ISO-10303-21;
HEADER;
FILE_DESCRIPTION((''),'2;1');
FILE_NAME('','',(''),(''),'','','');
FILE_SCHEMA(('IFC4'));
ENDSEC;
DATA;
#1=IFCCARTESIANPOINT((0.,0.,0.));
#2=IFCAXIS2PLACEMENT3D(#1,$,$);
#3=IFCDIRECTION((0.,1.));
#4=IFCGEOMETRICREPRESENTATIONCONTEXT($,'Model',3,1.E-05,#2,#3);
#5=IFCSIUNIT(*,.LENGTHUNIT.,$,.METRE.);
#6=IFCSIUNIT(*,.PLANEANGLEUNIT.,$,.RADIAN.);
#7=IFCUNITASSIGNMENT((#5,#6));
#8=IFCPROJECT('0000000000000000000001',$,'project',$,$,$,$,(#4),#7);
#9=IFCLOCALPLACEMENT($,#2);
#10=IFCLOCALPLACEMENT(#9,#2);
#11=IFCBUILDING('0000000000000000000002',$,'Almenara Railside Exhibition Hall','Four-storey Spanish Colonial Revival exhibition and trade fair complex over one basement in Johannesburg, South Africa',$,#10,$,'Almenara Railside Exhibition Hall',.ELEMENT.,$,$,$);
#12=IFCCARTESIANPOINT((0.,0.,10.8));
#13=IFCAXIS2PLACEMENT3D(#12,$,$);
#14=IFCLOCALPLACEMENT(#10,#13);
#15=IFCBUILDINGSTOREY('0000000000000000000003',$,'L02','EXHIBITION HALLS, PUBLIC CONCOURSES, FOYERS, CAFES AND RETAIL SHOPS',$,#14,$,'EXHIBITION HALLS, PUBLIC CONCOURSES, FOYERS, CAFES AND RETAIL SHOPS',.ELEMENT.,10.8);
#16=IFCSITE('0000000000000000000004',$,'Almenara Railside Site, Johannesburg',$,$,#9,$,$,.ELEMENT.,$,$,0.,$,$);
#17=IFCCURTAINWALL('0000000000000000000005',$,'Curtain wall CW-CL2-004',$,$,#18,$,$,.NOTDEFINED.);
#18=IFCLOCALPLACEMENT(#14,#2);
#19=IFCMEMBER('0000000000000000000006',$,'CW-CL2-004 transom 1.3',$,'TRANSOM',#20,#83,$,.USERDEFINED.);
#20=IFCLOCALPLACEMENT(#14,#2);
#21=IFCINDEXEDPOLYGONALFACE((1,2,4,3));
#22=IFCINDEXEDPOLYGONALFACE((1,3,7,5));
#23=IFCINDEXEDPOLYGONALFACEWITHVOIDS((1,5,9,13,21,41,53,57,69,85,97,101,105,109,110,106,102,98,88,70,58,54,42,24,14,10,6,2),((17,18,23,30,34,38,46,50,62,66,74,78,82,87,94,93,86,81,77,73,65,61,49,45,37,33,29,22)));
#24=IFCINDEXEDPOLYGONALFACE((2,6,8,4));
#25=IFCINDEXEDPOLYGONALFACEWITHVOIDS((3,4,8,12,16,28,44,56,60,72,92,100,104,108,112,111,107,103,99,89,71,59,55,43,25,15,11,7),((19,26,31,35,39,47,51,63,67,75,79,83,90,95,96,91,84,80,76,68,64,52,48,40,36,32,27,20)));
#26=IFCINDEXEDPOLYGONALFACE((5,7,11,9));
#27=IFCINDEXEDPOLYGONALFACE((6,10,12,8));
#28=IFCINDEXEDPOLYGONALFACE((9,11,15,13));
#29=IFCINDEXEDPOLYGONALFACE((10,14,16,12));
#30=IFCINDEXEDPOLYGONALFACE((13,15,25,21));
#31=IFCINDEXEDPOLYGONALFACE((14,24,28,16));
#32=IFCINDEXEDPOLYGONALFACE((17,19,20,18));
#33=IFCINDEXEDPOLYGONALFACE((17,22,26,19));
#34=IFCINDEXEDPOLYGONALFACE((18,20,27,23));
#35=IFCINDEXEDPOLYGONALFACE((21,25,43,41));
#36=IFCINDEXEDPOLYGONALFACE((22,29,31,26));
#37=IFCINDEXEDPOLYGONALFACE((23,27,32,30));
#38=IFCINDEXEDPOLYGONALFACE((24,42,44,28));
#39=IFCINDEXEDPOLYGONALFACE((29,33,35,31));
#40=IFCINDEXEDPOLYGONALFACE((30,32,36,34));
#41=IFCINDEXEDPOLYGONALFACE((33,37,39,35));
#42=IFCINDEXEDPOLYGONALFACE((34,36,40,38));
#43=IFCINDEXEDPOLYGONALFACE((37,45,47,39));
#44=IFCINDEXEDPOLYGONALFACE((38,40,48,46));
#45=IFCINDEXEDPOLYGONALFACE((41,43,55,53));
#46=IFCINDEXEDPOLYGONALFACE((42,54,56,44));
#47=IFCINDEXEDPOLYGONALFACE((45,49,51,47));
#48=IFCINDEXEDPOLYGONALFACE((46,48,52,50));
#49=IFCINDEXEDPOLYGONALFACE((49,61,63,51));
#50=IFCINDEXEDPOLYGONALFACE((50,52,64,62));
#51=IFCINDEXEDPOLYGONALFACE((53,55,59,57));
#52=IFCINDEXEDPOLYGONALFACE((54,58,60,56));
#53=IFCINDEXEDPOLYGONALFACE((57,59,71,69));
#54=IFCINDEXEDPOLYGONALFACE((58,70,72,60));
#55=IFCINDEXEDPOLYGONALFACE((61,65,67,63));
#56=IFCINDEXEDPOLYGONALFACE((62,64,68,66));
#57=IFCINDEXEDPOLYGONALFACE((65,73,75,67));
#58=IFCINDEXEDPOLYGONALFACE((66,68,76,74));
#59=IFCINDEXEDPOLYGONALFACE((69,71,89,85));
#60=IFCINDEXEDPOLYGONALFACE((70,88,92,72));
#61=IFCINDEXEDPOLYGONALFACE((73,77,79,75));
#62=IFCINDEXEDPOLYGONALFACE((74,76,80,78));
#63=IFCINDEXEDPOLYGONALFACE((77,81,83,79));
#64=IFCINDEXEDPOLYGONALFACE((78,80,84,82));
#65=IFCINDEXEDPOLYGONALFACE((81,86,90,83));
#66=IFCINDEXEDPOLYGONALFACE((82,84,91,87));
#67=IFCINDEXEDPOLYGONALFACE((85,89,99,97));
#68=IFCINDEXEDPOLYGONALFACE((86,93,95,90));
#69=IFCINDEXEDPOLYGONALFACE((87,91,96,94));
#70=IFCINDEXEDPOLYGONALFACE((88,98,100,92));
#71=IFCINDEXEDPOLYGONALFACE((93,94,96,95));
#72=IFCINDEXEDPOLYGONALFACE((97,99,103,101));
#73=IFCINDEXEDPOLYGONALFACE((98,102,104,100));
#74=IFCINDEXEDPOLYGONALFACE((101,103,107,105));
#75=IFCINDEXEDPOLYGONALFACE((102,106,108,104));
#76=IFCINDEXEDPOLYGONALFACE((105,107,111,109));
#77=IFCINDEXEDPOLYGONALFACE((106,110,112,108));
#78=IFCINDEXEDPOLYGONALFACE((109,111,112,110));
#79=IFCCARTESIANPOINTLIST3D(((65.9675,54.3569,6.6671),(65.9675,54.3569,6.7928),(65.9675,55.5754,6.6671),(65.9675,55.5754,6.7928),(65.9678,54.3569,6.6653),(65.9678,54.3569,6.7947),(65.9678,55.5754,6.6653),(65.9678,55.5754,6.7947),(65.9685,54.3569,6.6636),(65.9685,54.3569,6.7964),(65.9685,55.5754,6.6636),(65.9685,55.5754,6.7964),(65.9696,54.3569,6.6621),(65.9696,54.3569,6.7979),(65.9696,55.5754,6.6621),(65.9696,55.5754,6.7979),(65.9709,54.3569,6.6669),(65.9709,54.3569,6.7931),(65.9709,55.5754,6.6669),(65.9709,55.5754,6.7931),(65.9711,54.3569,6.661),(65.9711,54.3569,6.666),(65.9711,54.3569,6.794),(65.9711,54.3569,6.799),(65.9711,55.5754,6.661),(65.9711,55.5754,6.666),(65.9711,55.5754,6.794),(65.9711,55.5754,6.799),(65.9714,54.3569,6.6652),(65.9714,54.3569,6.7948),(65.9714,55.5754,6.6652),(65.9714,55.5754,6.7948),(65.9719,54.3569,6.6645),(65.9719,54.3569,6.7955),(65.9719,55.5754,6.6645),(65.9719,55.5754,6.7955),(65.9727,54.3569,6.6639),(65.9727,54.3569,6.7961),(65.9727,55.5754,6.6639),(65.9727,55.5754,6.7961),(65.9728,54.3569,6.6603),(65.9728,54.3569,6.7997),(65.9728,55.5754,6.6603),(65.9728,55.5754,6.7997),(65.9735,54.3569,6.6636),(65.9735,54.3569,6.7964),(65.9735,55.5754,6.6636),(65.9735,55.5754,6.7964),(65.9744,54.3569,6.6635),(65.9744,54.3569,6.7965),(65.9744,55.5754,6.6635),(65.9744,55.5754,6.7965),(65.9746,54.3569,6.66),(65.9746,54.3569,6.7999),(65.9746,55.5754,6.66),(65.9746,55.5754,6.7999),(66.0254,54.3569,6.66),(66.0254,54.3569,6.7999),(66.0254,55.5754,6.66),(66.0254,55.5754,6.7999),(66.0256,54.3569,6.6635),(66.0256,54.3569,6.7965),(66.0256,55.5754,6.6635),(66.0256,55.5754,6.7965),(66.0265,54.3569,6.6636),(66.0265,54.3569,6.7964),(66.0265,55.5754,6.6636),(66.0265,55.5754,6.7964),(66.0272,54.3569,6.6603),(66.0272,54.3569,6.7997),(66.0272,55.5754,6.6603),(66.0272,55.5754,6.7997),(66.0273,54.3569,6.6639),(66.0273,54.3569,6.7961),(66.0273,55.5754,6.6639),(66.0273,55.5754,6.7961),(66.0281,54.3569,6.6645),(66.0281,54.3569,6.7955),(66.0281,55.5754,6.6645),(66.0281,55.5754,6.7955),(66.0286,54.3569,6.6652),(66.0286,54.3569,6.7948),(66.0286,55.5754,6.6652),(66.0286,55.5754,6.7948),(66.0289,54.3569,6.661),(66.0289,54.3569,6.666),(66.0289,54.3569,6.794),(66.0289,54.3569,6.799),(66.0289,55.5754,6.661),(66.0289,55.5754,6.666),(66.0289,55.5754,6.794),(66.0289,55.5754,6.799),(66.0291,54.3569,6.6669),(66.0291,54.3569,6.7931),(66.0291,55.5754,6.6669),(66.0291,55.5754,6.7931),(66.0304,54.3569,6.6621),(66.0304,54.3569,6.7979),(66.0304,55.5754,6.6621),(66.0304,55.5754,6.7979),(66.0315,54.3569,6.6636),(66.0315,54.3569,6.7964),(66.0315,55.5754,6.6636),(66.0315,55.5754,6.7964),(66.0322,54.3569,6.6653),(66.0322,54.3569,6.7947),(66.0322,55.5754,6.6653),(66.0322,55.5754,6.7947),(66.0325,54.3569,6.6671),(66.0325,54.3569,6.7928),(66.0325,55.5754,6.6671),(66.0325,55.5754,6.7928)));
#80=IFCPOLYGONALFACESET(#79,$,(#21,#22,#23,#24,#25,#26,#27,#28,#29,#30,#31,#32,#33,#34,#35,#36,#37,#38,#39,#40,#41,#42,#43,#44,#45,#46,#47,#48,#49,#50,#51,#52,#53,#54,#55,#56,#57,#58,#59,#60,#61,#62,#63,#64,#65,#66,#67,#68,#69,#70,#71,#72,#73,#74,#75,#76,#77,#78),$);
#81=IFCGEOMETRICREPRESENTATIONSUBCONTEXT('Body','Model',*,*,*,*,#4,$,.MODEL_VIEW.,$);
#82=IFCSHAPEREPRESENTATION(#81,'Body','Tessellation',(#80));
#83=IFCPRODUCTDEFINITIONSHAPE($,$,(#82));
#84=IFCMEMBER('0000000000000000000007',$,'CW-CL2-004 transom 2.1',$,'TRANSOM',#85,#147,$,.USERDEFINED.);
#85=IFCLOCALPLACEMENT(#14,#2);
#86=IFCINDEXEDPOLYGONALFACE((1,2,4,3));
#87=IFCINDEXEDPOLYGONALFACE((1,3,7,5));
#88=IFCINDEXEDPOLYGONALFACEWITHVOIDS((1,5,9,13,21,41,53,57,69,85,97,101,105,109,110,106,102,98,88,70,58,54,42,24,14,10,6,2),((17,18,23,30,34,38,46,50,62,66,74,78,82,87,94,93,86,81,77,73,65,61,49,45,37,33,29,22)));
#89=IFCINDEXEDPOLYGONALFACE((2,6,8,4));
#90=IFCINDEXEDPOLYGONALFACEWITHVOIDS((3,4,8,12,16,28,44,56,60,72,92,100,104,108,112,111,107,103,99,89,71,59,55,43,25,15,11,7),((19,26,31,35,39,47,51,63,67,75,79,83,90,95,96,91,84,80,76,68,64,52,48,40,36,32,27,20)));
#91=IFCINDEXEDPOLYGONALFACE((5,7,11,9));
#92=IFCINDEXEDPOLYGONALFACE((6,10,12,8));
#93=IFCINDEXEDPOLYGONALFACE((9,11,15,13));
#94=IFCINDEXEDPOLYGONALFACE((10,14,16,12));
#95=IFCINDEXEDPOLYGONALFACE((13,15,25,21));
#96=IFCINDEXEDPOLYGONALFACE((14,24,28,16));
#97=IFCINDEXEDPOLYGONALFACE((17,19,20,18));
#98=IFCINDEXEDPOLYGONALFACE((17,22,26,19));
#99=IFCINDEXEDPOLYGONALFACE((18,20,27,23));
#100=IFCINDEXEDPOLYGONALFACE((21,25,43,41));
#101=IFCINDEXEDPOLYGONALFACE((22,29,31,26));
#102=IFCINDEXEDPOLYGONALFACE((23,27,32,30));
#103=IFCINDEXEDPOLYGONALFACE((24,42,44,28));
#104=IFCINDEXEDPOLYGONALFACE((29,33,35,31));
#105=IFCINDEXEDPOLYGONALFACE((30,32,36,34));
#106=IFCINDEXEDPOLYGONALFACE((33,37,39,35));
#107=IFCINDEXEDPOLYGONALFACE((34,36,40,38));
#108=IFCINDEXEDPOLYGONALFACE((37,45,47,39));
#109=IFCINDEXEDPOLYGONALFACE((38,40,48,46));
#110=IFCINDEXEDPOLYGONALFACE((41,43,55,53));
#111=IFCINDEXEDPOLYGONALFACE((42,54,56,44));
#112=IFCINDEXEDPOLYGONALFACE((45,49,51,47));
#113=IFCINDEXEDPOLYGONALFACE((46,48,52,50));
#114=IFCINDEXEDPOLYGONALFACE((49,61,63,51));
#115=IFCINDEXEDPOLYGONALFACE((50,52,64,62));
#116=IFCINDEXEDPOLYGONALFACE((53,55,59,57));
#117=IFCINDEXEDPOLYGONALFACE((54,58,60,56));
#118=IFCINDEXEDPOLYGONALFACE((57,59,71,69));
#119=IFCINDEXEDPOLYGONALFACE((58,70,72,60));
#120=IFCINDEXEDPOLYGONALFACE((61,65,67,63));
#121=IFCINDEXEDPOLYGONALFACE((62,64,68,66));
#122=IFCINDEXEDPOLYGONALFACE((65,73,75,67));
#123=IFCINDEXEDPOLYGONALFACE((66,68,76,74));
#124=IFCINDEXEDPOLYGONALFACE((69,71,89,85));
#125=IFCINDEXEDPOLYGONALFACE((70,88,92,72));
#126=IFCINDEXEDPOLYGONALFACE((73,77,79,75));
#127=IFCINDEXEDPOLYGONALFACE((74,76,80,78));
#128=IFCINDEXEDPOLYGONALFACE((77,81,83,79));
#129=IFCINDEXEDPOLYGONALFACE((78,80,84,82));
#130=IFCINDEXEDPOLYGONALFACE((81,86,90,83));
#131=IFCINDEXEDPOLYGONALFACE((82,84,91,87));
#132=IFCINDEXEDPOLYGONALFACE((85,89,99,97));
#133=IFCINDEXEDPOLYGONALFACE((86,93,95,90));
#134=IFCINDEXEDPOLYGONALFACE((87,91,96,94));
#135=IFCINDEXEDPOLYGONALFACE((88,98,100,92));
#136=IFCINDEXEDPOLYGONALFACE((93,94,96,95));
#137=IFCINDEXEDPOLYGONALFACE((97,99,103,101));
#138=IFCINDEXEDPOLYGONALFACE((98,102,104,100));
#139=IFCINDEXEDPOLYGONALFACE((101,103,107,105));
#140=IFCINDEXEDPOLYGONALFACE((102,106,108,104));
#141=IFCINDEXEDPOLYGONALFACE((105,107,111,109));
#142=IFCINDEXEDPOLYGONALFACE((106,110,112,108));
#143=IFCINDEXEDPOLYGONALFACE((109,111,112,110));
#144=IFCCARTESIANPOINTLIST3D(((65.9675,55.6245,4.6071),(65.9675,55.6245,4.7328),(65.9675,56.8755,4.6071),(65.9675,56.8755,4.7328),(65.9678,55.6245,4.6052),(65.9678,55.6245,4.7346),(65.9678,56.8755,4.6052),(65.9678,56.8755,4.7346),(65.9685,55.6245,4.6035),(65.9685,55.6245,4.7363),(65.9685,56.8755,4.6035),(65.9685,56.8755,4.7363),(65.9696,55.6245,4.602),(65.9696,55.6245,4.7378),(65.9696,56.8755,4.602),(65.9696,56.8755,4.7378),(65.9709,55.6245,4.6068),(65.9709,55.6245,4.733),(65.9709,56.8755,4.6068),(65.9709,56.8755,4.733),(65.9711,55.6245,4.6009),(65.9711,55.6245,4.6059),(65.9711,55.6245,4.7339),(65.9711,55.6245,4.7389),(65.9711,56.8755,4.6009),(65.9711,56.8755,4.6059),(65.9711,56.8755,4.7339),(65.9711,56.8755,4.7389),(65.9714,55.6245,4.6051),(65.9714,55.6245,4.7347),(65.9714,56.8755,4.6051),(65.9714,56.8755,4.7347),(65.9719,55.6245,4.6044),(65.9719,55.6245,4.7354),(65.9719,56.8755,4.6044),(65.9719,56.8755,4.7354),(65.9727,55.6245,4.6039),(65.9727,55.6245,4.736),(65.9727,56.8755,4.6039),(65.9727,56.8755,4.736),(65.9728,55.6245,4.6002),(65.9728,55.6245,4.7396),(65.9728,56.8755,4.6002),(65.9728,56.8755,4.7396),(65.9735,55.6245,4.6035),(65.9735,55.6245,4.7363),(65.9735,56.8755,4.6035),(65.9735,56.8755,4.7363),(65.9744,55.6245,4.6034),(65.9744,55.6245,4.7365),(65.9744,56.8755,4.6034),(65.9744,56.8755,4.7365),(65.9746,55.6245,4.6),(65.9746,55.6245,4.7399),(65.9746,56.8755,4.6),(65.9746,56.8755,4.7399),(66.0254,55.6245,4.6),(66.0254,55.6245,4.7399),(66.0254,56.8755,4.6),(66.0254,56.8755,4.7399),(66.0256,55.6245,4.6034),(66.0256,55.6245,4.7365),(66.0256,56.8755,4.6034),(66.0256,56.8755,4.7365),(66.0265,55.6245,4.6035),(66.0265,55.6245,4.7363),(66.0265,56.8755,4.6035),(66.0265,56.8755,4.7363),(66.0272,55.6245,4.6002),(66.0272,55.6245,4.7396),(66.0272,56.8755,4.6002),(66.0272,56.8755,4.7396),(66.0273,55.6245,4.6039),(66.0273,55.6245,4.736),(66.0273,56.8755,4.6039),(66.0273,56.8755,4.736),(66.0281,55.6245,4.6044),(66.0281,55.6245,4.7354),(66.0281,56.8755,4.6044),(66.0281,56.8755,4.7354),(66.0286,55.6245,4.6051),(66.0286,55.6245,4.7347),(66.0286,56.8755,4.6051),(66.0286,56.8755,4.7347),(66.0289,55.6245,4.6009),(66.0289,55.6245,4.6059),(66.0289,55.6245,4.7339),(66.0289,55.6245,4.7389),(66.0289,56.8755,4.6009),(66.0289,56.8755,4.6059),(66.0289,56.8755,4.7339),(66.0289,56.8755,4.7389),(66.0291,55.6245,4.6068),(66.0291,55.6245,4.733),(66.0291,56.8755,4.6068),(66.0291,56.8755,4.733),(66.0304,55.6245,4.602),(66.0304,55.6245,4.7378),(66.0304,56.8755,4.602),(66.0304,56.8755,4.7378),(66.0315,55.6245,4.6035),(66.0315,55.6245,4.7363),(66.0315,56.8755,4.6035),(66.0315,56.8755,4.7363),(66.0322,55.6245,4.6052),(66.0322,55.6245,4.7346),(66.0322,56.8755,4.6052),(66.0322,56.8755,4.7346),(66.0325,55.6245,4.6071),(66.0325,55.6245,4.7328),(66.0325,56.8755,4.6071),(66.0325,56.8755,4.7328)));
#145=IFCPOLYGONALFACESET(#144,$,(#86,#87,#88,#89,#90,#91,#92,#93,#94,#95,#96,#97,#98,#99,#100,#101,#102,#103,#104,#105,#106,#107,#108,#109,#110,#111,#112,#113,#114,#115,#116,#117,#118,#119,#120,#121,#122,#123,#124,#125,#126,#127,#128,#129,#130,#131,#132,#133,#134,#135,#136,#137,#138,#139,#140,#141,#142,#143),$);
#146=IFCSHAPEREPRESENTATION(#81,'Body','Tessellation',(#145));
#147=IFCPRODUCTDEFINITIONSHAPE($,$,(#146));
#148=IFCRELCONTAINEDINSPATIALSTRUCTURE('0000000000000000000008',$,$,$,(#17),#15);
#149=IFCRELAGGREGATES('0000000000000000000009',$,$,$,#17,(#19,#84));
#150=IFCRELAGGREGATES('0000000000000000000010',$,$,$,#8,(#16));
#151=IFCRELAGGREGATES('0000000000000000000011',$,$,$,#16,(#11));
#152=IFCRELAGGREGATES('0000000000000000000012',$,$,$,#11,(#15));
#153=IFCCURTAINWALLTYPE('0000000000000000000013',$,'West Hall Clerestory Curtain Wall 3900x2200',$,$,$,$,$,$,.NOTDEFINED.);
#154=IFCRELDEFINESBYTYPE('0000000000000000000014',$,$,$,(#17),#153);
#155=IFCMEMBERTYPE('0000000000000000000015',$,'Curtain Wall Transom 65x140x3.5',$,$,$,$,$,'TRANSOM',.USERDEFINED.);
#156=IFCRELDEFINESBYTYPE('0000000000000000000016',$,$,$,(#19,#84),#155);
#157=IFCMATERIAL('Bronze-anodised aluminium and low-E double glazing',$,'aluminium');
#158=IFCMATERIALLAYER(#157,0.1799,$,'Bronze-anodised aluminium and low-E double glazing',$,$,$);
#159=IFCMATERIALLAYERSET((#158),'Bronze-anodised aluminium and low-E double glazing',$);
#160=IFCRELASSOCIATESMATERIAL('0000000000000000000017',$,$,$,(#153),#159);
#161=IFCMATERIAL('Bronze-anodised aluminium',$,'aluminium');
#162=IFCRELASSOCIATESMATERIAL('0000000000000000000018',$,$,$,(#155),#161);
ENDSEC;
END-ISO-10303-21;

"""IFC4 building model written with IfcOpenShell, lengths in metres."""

from ifc_helpers import new_model, si_unit, direction, frame, origin, origin_2d, place, context, subcontext, project, spatial, hollow_rectangle, extrude, material, layer, layer_set, material_profile, profile_set, type_object, element, aggregate, save


model = new_model("IFC4")

# Units and contexts
model_context = context("Model", 3, precision=1e-05, world=origin(), true_north=direction((0.0, 1.0)))
body_context = subcontext(model_context, "Body", "Model", "MODEL_VIEW")
ifc_project = project(units=[si_unit("LENGTHUNIT", "METRE"), si_unit("PLANEANGLEUNIT", "RADIAN")], contexts=[model_context])

# Site, building, storey
site_placement = place(None, origin())
site = spatial("IfcSite", under=ifc_project, at=site_placement, Name="Almenara Railside Site, Johannesburg", CompositionType="ELEMENT", RefElevation=0.0)
building_placement = place(site_placement, origin())
building = spatial("IfcBuilding", under=site, at=building_placement, Name="Almenara Railside Exhibition Hall", Description="Four-storey Spanish Colonial Revival exhibition and trade fair complex over one basement in Johannesburg, South Africa", LongName="Almenara Railside Exhibition Hall", CompositionType="ELEMENT")
storey_placement = place(building_placement, frame((0.0, 0.0, 10.8)))
storey = spatial("IfcBuildingStorey", under=building, at=storey_placement, Name="L02", Description="EXHIBITION HALLS, PUBLIC CONCOURSES, FOYERS, CAFES AND RETAIL SHOPS", LongName="EXHIBITION HALLS, PUBLIC CONCOURSES, FOYERS, CAFES AND RETAIL SHOPS", CompositionType="ELEMENT", Elevation=10.8)

# Curtain wall, members
ifc_material_1 = material(Name="Bronze-anodised aluminium and low-E double glazing", Category="aluminium")
ifc_layer_1 = layer(ifc_material_1, 0.1799, Name="Bronze-anodised aluminium and low-E double glazing")
ifc_layer_set_1 = layer_set([ifc_layer_1], Name="Bronze-anodised aluminium and low-E double glazing")
curtain_wall_type = type_object("IfcCurtainWallType", Name="West Hall Clerestory Curtain Wall 3900x2200", PredefinedType="NOTDEFINED", material=ifc_layer_set_1)
curtain_wall_placement = place(storey_placement, origin())
curtain_wall = element("IfcCurtainWall", 1, at=curtain_wall_placement, inside=storey, type_object=curtain_wall_type, Name="Curtain wall CW-CL2-004", PredefinedType="NOTDEFINED")
ifc_material_2 = material(Name="Bronze-anodised aluminium", Category="aluminium")
ifc_material_profile_1 = material_profile(ifc_material_2, hollow_rectangle(XDim=0.0649, YDim=0.1399, WallThickness=0.0034, InnerFilletRadius=0.0034, OuterFilletRadius=0.0071, at=origin_2d()), Name="ALU-TRN 65x140x3.5")
ifc_profile_set_1 = profile_set([ifc_material_profile_1], Name="Bronze-anodised aluminium")
member_type_1 = type_object("IfcMemberType", Name="Curtain Wall Transom 65x140x3.5", ElementType="TRANSOM", PredefinedType="USERDEFINED", material=ifc_profile_set_1)
member_1_placement = place(storey_placement, frame((66.0, 54.3569, 6.73), z_axis=(0.0, 1.0, 0.0), x_axis=(-1.0, 0.0, 0.0)))
member_1 = element("IfcMember", 2, at=member_1_placement, type_object=member_type_1, Name="CW-CL2-004 transom 1.3", ObjectType="TRANSOM", PredefinedType="USERDEFINED", context=body_context, shape_type="SweptSolid", body=[
    extrude(hollow_rectangle(XDim=0.0649, YDim=0.1399, WallThickness=0.0034, InnerFilletRadius=0.0034, OuterFilletRadius=0.0071, at=origin_2d()), origin(), (0.0, 0.0, 1.0), 1.2185),
])
member_2_placement = place(storey_placement, frame((66.0, 55.6245, 4.6699), z_axis=(0.0, 1.0, 0.0), x_axis=(-1.0, 0.0, 0.0)))
member_2 = element("IfcMember", 3, at=member_2_placement, type_object=member_type_1, Name="CW-CL2-004 transom 2.1", ObjectType="TRANSOM", PredefinedType="USERDEFINED", context=body_context, shape_type="SweptSolid", body=[
    extrude(hollow_rectangle(XDim=0.0649, YDim=0.1399, WallThickness=0.0034, InnerFilletRadius=0.0034, OuterFilletRadius=0.0071, at=origin_2d()), origin(), (0.0, 0.0, 1.0), 1.251),
])
aggregate(curtain_wall, [member_1, member_2])

save(model, "model.ifc")
